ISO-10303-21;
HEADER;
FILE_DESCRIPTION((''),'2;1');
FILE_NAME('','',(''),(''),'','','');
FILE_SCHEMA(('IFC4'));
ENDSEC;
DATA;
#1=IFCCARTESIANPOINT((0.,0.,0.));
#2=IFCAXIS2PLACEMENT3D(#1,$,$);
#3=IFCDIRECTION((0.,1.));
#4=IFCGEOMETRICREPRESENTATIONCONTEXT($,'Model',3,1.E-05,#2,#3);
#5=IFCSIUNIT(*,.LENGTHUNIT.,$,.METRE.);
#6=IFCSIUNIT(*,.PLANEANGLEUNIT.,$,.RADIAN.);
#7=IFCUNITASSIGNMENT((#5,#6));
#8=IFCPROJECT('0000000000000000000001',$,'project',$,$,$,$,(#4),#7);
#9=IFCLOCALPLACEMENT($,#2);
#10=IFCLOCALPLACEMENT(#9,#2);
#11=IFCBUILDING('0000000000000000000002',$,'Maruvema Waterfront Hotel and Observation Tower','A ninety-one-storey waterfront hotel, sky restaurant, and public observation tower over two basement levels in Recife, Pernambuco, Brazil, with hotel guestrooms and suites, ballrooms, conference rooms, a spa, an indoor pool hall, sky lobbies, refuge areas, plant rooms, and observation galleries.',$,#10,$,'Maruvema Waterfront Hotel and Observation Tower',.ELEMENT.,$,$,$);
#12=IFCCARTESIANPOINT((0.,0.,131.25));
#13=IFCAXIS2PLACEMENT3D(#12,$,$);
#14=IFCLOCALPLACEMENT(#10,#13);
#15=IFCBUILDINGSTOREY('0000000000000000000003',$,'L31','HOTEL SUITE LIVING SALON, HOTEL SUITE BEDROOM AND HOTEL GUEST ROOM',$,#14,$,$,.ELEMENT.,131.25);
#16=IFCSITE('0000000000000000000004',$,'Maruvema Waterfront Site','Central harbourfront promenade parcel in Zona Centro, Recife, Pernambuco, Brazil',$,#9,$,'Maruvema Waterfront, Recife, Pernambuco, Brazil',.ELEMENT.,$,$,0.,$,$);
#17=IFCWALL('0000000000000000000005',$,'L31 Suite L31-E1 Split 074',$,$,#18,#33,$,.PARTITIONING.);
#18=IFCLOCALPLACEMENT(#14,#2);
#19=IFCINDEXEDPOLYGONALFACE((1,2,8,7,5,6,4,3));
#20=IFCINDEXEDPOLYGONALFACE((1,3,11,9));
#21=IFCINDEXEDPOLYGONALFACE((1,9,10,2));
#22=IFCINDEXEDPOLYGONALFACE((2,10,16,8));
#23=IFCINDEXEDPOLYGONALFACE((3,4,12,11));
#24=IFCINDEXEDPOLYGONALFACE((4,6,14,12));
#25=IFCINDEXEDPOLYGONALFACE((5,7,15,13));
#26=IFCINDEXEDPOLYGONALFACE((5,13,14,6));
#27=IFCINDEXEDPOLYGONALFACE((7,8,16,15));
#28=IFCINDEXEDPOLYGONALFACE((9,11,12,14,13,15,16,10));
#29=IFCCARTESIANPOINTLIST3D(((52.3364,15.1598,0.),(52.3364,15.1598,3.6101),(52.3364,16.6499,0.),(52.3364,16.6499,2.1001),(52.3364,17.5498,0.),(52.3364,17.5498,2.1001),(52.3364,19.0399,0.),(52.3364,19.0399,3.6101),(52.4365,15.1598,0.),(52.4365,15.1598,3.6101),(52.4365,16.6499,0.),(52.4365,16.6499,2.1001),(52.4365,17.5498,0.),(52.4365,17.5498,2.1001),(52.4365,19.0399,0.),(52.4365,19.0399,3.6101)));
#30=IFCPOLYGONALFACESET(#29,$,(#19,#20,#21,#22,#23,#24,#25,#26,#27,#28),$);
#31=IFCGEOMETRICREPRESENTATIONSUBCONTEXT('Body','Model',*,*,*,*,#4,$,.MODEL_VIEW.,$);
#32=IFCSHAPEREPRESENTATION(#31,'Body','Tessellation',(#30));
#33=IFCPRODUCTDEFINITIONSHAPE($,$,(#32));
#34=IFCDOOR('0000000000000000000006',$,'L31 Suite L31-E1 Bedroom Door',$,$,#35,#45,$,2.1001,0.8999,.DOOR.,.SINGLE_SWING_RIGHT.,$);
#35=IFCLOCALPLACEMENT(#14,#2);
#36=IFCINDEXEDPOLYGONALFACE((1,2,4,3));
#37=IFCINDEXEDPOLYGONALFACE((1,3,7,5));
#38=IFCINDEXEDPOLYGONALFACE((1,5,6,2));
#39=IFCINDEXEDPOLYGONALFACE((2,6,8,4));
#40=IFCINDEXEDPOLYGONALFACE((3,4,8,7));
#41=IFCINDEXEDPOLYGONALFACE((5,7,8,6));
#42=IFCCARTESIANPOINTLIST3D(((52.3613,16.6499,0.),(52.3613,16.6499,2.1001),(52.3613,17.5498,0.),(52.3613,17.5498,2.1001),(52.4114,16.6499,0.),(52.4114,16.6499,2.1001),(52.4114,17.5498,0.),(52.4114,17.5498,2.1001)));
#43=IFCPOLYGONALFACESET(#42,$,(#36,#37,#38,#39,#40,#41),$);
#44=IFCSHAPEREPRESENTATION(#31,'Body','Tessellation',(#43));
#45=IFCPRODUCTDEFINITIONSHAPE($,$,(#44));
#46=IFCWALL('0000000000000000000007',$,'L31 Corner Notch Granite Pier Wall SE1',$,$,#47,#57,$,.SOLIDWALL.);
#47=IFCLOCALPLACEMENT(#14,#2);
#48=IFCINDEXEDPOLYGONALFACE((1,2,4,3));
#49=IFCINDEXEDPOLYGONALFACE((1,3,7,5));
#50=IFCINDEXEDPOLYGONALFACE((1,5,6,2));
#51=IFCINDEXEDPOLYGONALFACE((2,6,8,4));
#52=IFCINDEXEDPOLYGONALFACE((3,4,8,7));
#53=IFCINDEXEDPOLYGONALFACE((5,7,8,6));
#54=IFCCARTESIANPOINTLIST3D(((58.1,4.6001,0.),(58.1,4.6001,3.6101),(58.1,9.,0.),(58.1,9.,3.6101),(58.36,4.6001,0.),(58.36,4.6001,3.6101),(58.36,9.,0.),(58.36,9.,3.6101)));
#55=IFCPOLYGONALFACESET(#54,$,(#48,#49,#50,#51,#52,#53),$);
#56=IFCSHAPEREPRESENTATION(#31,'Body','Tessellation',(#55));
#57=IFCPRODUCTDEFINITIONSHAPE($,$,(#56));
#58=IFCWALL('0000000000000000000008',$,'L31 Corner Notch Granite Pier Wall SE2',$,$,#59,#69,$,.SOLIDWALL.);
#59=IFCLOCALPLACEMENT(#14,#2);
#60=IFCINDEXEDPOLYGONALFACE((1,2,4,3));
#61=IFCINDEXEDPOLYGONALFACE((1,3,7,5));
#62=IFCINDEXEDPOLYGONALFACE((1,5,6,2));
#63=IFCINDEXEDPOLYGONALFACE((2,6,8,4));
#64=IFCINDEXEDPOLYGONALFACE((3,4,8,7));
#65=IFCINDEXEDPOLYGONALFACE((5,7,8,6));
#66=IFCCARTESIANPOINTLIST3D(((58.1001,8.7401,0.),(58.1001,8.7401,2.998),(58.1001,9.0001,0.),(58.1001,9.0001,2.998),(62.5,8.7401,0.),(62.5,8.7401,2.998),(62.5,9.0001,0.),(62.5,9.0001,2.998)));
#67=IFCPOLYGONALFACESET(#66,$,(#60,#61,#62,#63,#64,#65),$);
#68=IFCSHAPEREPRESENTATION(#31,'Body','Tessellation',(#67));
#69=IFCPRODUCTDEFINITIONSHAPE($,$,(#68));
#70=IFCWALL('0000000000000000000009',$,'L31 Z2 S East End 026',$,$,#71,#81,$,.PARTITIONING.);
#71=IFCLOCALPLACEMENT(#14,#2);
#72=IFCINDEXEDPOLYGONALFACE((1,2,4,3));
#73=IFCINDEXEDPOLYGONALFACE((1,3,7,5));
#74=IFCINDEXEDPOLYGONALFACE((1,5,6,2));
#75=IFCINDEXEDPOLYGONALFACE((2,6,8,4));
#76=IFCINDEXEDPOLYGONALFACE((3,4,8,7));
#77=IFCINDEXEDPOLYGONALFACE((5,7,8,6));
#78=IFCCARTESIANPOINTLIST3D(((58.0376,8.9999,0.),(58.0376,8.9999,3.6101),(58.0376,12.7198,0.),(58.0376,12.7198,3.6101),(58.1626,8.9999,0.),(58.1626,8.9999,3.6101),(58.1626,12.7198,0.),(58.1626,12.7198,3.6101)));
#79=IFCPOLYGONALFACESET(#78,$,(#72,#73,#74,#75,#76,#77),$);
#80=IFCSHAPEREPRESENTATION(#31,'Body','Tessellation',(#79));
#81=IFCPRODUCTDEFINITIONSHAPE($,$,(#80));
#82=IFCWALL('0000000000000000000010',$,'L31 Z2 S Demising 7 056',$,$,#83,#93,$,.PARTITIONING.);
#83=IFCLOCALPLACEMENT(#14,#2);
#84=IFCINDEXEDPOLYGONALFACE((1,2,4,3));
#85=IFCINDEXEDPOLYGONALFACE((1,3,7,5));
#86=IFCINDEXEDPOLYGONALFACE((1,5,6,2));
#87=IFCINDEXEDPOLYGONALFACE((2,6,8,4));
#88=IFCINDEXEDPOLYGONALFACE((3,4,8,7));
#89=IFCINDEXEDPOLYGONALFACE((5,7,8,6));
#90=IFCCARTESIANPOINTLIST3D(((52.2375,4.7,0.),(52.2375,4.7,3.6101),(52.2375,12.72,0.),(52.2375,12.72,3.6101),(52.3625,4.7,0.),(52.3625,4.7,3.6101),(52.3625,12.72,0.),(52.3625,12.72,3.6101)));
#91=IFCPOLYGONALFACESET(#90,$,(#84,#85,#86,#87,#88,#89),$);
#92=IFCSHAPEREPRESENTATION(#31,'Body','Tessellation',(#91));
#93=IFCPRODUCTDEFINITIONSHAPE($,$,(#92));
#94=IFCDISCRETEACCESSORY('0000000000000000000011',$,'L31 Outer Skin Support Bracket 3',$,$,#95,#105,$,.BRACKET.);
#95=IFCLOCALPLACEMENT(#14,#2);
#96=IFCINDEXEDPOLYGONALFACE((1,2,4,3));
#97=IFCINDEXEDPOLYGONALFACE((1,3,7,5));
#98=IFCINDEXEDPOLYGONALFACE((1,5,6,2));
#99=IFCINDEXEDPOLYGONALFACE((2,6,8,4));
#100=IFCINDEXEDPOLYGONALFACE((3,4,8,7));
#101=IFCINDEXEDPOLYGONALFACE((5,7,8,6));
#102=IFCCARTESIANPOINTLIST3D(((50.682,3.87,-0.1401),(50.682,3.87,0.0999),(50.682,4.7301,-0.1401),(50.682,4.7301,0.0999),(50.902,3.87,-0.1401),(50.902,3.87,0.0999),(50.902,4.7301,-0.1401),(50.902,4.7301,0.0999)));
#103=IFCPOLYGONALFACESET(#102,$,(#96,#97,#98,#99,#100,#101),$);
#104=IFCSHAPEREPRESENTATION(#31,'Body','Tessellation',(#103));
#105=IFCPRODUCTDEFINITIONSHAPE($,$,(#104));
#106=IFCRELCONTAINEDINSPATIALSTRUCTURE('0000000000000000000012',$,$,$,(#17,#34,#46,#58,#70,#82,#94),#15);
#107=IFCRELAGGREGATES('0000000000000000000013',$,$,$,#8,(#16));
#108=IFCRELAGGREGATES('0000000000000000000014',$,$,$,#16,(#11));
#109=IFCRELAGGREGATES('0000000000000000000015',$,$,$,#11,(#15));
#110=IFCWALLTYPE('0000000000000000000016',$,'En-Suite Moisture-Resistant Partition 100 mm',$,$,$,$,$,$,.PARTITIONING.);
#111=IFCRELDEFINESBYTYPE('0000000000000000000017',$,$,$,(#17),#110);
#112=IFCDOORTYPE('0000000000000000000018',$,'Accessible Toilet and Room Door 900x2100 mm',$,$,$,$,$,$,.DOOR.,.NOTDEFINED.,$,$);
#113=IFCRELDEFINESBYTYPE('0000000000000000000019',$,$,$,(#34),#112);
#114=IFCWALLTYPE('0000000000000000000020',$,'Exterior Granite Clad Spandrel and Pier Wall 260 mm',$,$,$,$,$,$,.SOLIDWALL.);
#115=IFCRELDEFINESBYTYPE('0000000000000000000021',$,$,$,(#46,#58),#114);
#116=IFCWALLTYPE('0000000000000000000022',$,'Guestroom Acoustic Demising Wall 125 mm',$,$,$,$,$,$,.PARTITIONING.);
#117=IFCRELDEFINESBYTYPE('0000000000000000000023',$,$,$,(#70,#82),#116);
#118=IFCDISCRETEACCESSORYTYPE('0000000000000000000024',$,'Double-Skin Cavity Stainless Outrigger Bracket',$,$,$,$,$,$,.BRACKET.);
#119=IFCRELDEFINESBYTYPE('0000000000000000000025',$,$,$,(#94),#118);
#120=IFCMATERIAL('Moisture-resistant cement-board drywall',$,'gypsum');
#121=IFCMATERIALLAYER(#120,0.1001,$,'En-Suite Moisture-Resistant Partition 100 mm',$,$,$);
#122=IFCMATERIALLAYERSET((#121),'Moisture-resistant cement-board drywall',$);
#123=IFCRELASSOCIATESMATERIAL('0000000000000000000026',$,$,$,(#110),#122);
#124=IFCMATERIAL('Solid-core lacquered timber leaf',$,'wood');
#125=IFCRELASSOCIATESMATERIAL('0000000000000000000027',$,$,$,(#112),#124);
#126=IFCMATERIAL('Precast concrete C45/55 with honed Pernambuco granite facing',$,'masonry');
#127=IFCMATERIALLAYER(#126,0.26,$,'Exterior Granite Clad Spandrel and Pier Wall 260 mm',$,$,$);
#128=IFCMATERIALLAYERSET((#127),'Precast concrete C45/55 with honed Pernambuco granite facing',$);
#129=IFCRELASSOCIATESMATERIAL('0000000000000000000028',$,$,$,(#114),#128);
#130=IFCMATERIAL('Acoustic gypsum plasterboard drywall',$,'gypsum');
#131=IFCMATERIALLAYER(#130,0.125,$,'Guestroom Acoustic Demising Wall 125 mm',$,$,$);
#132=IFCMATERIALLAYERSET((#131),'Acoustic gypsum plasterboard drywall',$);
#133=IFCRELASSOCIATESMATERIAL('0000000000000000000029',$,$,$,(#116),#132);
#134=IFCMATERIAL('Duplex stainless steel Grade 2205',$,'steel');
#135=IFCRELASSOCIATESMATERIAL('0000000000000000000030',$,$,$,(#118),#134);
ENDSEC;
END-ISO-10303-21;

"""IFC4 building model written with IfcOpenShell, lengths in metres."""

from ifc_helpers import new_model, si_unit, direction, frame, frame_2d, origin, origin_2d, place, context, subcontext, project, spatial, rectangle, extrude, material, layer, layer_set, type_object, element, fill, save


model = new_model("IFC4")

# Units and contexts
model_context = context("Model", 3, precision=1e-05, world=origin(), true_north=direction((0.0, 1.0)))
body_context = subcontext(model_context, "Body", "Model", "MODEL_VIEW")
ifc_project = project(units=[si_unit("LENGTHUNIT", "METRE"), si_unit("PLANEANGLEUNIT", "RADIAN")], contexts=[model_context])

# Site, building, storey
site_placement = place(None, origin())
site = spatial("IfcSite", under=ifc_project, at=site_placement, Name="Maruvema Waterfront Site", Description="Central harbourfront promenade parcel in Zona Centro, Recife, Pernambuco, Brazil", LongName="Maruvema Waterfront, Recife, Pernambuco, Brazil", CompositionType="ELEMENT", RefElevation=0.0)
building_placement = place(site_placement, origin())
building = spatial("IfcBuilding", under=site, at=building_placement, Name="Maruvema Waterfront Hotel and Observation Tower", Description="A ninety-one-storey waterfront hotel, sky restaurant, and public observation tower over two basement levels in Recife, Pernambuco, Brazil, with hotel guestrooms and suites, ballrooms, conference rooms, a spa, an indoor pool hall, sky lobbies, refuge areas, plant rooms, and observation galleries.", LongName="Maruvema Waterfront Hotel and Observation Tower", CompositionType="ELEMENT")
storey_placement = place(building_placement, frame((0.0, 0.0, 131.25)))
storey = spatial("IfcBuildingStorey", under=building, at=storey_placement, Name="L31", Description="HOTEL SUITE LIVING SALON, HOTEL SUITE BEDROOM AND HOTEL GUEST ROOM", CompositionType="ELEMENT", Elevation=131.25)

# Shared definitions
ifc_material_1 = material(Name="Moisture-resistant cement-board drywall", Category="gypsum")
ifc_layer_1 = layer(ifc_material_1, 0.1001, Name="En-Suite Moisture-Resistant Partition 100 mm")
ifc_layer_set_1 = layer_set([ifc_layer_1], Name="Moisture-resistant cement-board drywall")
wall_type_1 = type_object("IfcWallType", Name="En-Suite Moisture-Resistant Partition 100 mm", PredefinedType="PARTITIONING", material=ifc_layer_set_1)

# Wall, opening, door
wall_1_placement = place(storey_placement, frame((52.3865, 15.1599, 0.0), z_axis=(0.0, 0.0, 1.0), x_axis=(0.0, 1.0, 0.0)))
wall_1 = element("IfcWall", 1, at=wall_1_placement, inside=storey, type_object=wall_type_1, Name="L31 Suite L31-E1 Split 074", PredefinedType="PARTITIONING", context=body_context, shape_type="SweptSolid", body=[
    extrude(rectangle(XDim=3.8801, YDim=0.1001, at=frame_2d((1.9399, 0.0))), origin(), (0.0, 0.0, 1.0), 3.6101),
])
opening_1_placement = place(wall_1_placement, frame((1.49, 0.0, 0.0)))
opening_1 = element("IfcOpeningElement", 2, at=opening_1_placement, cuts=wall_1, PredefinedType="OPENING", context=body_context, shape_type="SweptSolid", body=[
    extrude(rectangle(XDim=0.8999, YDim=2.1001, at=frame_2d((0.45, 1.05))), frame((0.0, 0.0601, 0.0), z_axis=(0.0, -1.0, 0.0), x_axis=(1.0, 0.0, 0.0)), (0.0, 0.0, 1.0), 0.1201),
])
ifc_material_2 = material(Name="Solid-core lacquered timber leaf", Category="wood")
door_type_1 = type_object("IfcDoorType", Name="Accessible Toilet and Room Door 900x2100 mm", OperationType="NOTDEFINED", PredefinedType="DOOR", material=ifc_material_2)
door_1_placement = place(opening_1_placement, frame((0.8999, 0.0, 0.0), z_axis=(0.0, 0.0, 1.0), x_axis=(-1.0, 0.0, 0.0)))
door_1 = element("IfcDoor", 3, at=door_1_placement, inside=storey, type_object=door_type_1, Name="L31 Suite L31-E1 Bedroom Door", OperationType="SINGLE_SWING_RIGHT", OverallHeight=2.1001, OverallWidth=0.8999, PredefinedType="DOOR", context=body_context, shape_type="SweptSolid", body=[
    extrude(rectangle(XDim=0.8999, YDim=2.1001, at=frame_2d((0.45, 1.05))), frame((0.0, 0.0249, 0.0), z_axis=(0.0, -1.0, 0.0), x_axis=(1.0, 0.0, 0.0)), (0.0, 0.0, 1.0), 0.05),
])
fill(opening_1, door_1)

# Walls
ifc_material_3 = material(Name="Precast concrete C45/55 with honed Pernambuco granite facing", Category="masonry")
ifc_layer_2 = layer(ifc_material_3, 0.26, Name="Exterior Granite Clad Spandrel and Pier Wall 260 mm")
ifc_layer_set_2 = layer_set([ifc_layer_2], Name="Precast concrete C45/55 with honed Pernambuco granite facing")
wall_type_2 = type_object("IfcWallType", Name="Exterior Granite Clad Spandrel and Pier Wall 260 mm", PredefinedType="SOLIDWALL", material=ifc_layer_set_2)
wall_2_placement = place(storey_placement, frame((58.23, 9.0, 0.0), z_axis=(0.0, 0.0, 1.0), x_axis=(0.0, -1.0, 0.0)))
element("IfcWall", 4, at=wall_2_placement, inside=storey, type_object=wall_type_2, Name="L31 Corner Notch Granite Pier Wall SE1", PredefinedType="SOLIDWALL", context=body_context, shape_type="SweptSolid", body=[
    extrude(rectangle(XDim=4.3999, YDim=0.26, at=frame_2d((2.2, 0.0))), origin(), (0.0, 0.0, 1.0), 3.6101),
])
wall_3_placement = place(storey_placement, frame((62.5, 8.8701, 0.0), z_axis=(0.0, 0.0, 1.0), x_axis=(-1.0, 0.0, 0.0)))
element("IfcWall", 5, at=wall_3_placement, inside=storey, type_object=wall_type_2, Name="L31 Corner Notch Granite Pier Wall SE2", PredefinedType="SOLIDWALL", context=body_context, shape_type="SweptSolid", body=[
    extrude(rectangle(XDim=4.3999, YDim=0.26, at=frame_2d((2.2, 0.0))), origin(), (0.0, 0.0, 1.0), 2.998),
])
ifc_material_4 = material(Name="Acoustic gypsum plasterboard drywall", Category="gypsum")
ifc_layer_3 = layer(ifc_material_4, 0.125, Name="Guestroom Acoustic Demising Wall 125 mm")
ifc_layer_set_3 = layer_set([ifc_layer_3], Name="Acoustic gypsum plasterboard drywall")
wall_type_3 = type_object("IfcWallType", Name="Guestroom Acoustic Demising Wall 125 mm", PredefinedType="PARTITIONING", material=ifc_layer_set_3)
wall_4_placement = place(storey_placement, frame((58.1001, 9.0, 0.0), z_axis=(0.0, 0.0, 1.0), x_axis=(0.0, 1.0, 0.0)))
element("IfcWall", 6, at=wall_4_placement, inside=storey, type_object=wall_type_3, Name="L31 Z2 S East End 026", PredefinedType="PARTITIONING", context=body_context, shape_type="SweptSolid", body=[
    extrude(rectangle(XDim=3.72, YDim=0.125, at=frame_2d((1.8599, 0.0))), origin(), (0.0, 0.0, 1.0), 3.6101),
])
wall_5_placement = place(storey_placement, frame((52.3, 4.7, 0.0), z_axis=(0.0, 0.0, 1.0), x_axis=(0.0, 1.0, 0.0)))
element("IfcWall", 7, at=wall_5_placement, inside=storey, type_object=wall_type_3, Name="L31 Z2 S Demising 7 056", PredefinedType="PARTITIONING", context=body_context, shape_type="SweptSolid", body=[
    extrude(rectangle(XDim=8.02, YDim=0.125, at=frame_2d((4.01, 0.0))), origin(), (0.0, 0.0, 1.0), 3.6101),
])

# Discrete accessory
ifc_material_5 = material(Name="Duplex stainless steel Grade 2205", Category="steel")
discrete_accessory_type = type_object("IfcDiscreteAccessoryType", Name="Double-Skin Cavity Stainless Outrigger Bracket", PredefinedType="BRACKET", material=ifc_material_5)
discrete_accessory_placement = place(storey_placement, frame((50.792, 4.3, -0.1401), z_axis=(0.0, 0.0, 1.0), x_axis=(1.0, 0.0, 0.0)))
element("IfcDiscreteAccessory", 8, at=discrete_accessory_placement, inside=storey, type_object=discrete_accessory_type, Name="L31 Outer Skin Support Bracket 3", PredefinedType="BRACKET", context=body_context, shape_type="SweptSolid", body=[
    extrude(rectangle(XDim=0.22, YDim=0.8601, at=origin_2d()), origin(), (0.0, 0.0, 1.0), 0.24),
])

save(model, "model.ifc")
